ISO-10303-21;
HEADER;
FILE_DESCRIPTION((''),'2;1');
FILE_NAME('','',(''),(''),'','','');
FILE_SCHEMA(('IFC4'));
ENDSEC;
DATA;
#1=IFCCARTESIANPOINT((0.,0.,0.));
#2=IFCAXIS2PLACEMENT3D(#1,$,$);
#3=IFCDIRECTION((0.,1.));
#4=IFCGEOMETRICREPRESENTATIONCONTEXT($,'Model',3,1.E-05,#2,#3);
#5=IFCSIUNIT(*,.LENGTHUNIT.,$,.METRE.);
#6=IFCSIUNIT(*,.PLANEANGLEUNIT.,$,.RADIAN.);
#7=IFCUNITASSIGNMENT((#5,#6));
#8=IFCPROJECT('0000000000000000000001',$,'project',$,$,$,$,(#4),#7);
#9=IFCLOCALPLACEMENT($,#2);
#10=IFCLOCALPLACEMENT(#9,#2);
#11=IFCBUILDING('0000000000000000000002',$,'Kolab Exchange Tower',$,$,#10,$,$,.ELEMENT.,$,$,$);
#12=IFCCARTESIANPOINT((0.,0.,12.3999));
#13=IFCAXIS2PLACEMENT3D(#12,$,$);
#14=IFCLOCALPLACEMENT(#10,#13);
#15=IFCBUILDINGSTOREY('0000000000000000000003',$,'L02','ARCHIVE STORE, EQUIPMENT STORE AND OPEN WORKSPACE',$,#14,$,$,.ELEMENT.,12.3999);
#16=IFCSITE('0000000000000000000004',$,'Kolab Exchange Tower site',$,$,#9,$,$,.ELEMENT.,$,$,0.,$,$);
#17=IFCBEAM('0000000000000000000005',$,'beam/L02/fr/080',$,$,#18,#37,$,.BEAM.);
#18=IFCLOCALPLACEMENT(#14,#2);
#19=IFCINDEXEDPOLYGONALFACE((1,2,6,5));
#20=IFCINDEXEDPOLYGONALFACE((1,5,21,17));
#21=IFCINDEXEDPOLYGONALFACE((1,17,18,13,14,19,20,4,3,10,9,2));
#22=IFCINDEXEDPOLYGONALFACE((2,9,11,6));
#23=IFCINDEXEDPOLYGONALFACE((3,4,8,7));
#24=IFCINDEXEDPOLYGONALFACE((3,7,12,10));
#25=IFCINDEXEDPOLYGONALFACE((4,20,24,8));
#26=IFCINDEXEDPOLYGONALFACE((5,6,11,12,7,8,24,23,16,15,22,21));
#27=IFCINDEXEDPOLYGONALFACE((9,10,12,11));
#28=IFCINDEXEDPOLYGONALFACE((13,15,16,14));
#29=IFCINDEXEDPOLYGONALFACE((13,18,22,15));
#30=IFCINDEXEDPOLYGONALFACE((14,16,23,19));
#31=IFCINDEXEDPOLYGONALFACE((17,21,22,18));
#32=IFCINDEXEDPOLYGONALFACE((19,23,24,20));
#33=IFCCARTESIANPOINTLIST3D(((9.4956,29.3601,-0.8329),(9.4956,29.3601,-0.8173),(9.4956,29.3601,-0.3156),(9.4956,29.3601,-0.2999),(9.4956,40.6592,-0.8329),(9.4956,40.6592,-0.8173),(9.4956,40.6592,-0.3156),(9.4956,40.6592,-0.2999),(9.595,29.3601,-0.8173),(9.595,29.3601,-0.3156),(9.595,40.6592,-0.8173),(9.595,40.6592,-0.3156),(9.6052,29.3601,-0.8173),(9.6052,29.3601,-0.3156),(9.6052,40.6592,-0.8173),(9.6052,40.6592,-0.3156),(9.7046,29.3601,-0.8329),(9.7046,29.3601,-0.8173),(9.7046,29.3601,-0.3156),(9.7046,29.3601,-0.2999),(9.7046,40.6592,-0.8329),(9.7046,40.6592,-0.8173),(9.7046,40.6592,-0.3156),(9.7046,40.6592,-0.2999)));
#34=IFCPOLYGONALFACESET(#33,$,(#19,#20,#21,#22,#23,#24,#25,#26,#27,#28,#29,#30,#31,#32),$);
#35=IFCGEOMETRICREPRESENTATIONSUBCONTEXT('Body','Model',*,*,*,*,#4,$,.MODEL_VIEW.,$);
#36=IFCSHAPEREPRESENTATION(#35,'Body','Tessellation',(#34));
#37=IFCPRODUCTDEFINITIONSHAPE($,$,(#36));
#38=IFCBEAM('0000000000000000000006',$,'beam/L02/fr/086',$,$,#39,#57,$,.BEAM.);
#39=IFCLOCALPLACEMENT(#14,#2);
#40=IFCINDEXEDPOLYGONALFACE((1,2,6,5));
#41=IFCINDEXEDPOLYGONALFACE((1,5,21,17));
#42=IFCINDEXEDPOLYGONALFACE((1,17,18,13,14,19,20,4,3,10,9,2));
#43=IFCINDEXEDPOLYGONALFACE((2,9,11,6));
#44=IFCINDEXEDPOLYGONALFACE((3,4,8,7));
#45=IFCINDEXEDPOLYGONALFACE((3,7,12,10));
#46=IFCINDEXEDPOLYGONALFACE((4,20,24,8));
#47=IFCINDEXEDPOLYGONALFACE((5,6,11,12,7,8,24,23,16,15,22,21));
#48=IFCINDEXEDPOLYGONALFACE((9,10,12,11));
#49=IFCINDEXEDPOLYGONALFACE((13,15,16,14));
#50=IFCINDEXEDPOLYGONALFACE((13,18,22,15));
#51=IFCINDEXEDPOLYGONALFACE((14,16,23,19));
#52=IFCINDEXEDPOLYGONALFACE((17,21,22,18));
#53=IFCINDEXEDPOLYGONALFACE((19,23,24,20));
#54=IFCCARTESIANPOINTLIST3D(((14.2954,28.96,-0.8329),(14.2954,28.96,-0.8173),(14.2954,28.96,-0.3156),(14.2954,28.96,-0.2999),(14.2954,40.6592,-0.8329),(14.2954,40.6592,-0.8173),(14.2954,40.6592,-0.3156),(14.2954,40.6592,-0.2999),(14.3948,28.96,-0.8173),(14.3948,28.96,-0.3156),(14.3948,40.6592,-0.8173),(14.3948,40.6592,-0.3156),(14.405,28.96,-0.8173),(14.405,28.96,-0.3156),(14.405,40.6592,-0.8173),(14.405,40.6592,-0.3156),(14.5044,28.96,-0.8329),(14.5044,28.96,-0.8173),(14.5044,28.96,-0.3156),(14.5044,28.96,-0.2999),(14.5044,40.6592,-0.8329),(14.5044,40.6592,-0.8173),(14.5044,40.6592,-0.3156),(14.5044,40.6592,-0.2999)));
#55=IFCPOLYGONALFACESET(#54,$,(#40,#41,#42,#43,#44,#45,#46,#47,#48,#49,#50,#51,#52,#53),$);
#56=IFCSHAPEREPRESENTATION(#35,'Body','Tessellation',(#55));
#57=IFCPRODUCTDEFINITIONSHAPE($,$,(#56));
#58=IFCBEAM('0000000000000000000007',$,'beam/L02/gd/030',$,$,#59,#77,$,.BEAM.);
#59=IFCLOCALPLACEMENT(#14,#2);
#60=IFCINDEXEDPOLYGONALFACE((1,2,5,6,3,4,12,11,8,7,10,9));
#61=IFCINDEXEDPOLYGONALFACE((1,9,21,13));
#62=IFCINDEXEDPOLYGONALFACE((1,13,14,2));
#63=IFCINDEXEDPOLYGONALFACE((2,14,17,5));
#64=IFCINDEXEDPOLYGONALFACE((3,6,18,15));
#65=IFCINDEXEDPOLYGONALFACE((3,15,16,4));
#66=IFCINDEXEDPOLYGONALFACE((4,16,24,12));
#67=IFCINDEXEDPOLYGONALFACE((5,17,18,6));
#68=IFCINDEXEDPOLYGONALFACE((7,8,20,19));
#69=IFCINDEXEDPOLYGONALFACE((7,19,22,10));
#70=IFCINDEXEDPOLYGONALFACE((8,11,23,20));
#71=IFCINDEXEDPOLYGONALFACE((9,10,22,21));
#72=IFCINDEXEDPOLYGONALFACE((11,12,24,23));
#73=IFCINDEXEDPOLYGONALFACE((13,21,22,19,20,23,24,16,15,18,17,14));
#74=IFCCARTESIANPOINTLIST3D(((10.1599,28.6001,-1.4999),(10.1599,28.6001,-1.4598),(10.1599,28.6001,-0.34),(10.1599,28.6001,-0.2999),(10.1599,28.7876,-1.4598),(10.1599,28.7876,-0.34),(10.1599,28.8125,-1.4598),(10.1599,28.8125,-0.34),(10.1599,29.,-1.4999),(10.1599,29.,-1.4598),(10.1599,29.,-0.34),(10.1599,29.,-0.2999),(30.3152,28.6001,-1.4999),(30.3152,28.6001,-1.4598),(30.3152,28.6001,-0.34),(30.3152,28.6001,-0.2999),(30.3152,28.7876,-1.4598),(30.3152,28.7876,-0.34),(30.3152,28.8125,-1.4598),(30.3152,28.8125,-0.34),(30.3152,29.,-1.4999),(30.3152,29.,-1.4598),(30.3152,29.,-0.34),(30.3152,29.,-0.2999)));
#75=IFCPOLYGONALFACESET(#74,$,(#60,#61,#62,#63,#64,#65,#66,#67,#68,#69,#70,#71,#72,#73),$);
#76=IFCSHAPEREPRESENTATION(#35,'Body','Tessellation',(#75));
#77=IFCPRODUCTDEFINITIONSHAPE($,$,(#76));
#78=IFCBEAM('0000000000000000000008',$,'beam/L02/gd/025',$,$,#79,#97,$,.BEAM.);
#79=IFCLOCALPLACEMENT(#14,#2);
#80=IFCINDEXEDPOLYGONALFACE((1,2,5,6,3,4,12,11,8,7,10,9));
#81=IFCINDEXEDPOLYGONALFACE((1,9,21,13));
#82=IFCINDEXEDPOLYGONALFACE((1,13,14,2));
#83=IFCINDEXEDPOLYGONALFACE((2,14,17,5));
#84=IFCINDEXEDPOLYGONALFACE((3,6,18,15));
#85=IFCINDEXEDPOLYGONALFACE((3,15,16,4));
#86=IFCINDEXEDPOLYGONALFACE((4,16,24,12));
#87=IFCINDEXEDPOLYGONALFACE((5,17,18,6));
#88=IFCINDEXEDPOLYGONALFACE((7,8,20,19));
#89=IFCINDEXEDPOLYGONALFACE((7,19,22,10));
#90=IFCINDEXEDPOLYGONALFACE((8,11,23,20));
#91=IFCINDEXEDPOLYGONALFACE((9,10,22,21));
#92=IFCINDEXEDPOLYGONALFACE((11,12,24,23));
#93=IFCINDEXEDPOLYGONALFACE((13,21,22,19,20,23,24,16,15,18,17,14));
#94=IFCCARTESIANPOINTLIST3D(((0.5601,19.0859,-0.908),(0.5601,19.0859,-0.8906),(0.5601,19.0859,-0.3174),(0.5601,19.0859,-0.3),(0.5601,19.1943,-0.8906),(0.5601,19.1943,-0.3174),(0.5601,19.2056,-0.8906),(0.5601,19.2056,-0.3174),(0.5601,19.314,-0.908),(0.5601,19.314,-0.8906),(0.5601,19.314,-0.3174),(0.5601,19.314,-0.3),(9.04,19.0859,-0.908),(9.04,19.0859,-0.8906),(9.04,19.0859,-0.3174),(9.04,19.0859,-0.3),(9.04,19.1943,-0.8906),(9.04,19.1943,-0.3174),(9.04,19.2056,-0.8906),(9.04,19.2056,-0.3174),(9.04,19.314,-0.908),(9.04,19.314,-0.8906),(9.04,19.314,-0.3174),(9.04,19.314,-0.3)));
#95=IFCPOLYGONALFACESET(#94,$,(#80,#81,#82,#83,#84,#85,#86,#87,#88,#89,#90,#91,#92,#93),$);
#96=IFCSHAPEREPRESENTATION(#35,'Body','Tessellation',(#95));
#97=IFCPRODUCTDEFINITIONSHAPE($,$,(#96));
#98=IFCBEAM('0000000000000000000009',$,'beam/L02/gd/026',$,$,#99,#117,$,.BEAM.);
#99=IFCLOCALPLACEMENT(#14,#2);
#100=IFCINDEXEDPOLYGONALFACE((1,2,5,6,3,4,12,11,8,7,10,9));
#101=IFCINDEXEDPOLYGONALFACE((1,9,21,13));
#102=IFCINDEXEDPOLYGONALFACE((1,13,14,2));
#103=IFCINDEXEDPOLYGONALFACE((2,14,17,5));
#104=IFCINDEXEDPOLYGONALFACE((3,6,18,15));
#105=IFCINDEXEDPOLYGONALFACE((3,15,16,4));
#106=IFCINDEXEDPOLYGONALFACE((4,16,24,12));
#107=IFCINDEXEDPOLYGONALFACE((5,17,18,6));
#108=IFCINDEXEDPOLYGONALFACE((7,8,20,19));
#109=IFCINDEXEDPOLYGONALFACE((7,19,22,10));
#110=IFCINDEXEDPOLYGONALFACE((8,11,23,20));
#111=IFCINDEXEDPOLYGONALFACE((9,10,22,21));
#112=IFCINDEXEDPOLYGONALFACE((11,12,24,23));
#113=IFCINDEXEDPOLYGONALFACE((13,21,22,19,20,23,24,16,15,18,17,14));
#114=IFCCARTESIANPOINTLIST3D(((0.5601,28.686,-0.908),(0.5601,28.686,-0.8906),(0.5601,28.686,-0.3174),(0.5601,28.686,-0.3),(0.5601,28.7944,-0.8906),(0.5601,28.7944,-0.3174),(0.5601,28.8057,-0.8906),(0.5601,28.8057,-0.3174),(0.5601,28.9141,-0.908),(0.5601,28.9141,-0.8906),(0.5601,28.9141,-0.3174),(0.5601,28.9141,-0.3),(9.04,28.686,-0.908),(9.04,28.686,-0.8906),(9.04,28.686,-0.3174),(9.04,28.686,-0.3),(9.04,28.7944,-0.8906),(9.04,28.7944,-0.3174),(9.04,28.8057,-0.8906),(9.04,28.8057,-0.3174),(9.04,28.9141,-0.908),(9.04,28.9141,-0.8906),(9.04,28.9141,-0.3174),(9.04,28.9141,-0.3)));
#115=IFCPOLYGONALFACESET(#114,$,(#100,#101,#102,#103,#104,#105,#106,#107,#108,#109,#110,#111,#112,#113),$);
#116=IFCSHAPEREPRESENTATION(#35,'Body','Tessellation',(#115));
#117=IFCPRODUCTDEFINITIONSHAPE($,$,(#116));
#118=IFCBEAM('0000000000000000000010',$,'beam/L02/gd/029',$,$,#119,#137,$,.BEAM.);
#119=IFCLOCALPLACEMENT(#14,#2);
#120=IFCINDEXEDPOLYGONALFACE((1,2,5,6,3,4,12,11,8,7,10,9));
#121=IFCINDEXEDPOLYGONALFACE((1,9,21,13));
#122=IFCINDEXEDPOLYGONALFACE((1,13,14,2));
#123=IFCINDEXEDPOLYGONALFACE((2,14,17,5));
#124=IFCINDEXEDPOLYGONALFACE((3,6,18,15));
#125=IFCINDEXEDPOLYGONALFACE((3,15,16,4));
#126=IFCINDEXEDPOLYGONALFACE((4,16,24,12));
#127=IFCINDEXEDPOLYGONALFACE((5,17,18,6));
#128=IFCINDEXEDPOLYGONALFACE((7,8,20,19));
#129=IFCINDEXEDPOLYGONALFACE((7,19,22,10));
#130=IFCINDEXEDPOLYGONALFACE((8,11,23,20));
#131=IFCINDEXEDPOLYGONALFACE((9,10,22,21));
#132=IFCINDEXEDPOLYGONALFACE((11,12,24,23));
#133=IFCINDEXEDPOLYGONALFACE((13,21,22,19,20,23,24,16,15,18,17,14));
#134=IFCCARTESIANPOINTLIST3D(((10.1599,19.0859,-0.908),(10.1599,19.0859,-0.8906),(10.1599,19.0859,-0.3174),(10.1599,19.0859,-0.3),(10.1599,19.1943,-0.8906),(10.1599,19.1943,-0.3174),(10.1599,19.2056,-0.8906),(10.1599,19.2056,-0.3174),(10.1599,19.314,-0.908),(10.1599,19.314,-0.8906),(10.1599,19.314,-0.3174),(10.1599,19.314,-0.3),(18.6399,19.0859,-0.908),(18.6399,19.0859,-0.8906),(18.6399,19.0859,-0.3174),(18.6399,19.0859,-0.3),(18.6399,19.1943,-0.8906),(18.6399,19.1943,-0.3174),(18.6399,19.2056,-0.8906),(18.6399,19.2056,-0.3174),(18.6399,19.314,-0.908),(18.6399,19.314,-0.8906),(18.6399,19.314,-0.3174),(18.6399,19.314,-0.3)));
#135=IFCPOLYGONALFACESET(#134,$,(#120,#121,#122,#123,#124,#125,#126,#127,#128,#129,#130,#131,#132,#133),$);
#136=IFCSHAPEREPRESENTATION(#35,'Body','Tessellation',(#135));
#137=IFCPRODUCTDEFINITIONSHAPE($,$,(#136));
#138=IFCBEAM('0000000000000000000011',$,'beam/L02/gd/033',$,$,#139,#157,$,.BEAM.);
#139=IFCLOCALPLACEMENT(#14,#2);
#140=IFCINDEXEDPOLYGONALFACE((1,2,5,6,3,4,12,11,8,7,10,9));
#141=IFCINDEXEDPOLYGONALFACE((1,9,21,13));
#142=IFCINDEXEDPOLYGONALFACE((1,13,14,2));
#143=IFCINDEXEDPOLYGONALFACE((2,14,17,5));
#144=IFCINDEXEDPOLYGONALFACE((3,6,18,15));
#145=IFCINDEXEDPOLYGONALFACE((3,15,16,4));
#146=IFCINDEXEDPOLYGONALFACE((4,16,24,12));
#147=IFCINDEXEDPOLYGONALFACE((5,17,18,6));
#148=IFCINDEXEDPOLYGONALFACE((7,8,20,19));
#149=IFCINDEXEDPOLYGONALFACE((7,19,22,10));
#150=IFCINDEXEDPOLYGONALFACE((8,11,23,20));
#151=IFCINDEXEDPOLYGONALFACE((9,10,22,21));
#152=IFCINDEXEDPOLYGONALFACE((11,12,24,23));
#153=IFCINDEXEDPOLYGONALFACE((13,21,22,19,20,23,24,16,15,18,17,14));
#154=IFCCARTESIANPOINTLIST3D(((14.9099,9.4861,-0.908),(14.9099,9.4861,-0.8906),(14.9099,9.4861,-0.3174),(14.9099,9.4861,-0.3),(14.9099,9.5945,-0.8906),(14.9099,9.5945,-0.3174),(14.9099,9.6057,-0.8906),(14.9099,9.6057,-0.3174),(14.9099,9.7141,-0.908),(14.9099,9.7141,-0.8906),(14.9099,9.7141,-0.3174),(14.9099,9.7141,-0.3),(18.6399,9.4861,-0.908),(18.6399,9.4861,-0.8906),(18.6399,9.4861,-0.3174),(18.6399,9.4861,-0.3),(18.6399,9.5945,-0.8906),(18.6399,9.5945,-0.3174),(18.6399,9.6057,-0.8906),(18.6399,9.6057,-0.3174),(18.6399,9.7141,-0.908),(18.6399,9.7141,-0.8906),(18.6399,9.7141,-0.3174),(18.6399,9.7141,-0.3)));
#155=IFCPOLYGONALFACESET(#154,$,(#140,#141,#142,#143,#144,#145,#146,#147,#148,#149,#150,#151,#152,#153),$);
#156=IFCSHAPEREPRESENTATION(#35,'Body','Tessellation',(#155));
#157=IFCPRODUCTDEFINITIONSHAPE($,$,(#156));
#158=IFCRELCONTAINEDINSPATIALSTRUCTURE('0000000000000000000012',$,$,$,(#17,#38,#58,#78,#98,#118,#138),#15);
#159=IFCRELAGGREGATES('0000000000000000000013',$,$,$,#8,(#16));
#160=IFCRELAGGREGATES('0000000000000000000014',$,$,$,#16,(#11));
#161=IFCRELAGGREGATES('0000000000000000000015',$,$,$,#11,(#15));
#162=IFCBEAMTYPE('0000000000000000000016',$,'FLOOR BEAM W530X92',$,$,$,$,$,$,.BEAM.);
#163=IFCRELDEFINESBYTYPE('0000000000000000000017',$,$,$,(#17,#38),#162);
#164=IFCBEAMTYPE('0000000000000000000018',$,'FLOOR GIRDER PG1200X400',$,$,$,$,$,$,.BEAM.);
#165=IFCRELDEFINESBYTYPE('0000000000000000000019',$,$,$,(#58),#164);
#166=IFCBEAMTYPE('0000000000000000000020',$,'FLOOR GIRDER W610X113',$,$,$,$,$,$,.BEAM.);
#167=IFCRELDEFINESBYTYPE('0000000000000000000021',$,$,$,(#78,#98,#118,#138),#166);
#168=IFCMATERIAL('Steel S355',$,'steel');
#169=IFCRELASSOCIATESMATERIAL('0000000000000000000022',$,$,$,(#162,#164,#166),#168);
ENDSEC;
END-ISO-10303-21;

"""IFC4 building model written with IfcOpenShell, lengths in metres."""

from ifc_helpers import new_model, si_unit, direction, frame, origin, origin_2d, place, context, subcontext, project, spatial, i_section, extrude, material, material_profile, profile_set, type_object, element, save


model = new_model("IFC4")

# Units and contexts
model_context = context("Model", 3, precision=1e-05, world=origin(), true_north=direction((0.0, 1.0)))
body_context = subcontext(model_context, "Body", "Model", "MODEL_VIEW")
ifc_project = project(units=[si_unit("LENGTHUNIT", "METRE"), si_unit("PLANEANGLEUNIT", "RADIAN")], contexts=[model_context])

# Site, building, storey
site_placement = place(None, origin())
site = spatial("IfcSite", under=ifc_project, at=site_placement, Name="Kolab Exchange Tower site", CompositionType="ELEMENT", RefElevation=0.0)
building_placement = place(site_placement, origin())
building = spatial("IfcBuilding", under=site, at=building_placement, Name="Kolab Exchange Tower", CompositionType="ELEMENT")
storey_placement = place(building_placement, frame((0.0, 0.0, 12.3999)))
storey = spatial("IfcBuildingStorey", under=building, at=storey_placement, Name="L02", Description="ARCHIVE STORE, EQUIPMENT STORE AND OPEN WORKSPACE", CompositionType="ELEMENT", Elevation=12.3999)

# Beams
ifc_material_1 = material(Name="Steel S355", Category="steel")
ifc_material_profile_1 = material_profile(ifc_material_1, i_section(OverallWidth=0.209, OverallDepth=0.533, WebThickness=0.0103, FlangeThickness=0.0156, at=origin_2d()), Name="W530X92")
ifc_profile_set_1 = profile_set([ifc_material_profile_1], Name="Steel S355")
beam_type_1 = type_object("IfcBeamType", Name="FLOOR BEAM W530X92", PredefinedType="BEAM", material=ifc_profile_set_1)
beam_1_placement = place(storey_placement, frame((9.6001, 29.3601, -0.5664), z_axis=(0.0, 1.0, 0.0), x_axis=(-1.0, 0.0, 0.0)))
element("IfcBeam", 1, at=beam_1_placement, inside=storey, type_object=beam_type_1, Name="beam/L02/fr/080", PredefinedType="BEAM", context=body_context, shape_type="SweptSolid", body=[
    extrude(i_section(OverallWidth=0.209, OverallDepth=0.533, WebThickness=0.0103, FlangeThickness=0.0156, at=origin_2d()), origin(), (0.0, 0.0, 1.0), 11.2991),
])
beam_2_placement = place(storey_placement, frame((14.3999, 28.96, -0.5664), z_axis=(0.0, 1.0, 0.0), x_axis=(-1.0, 0.0, 0.0)))
element("IfcBeam", 2, at=beam_2_placement, inside=storey, type_object=beam_type_1, Name="beam/L02/fr/086", PredefinedType="BEAM", context=body_context, shape_type="SweptSolid", body=[
    extrude(i_section(OverallWidth=0.209, OverallDepth=0.533, WebThickness=0.0103, FlangeThickness=0.0156, at=origin_2d()), origin(), (0.0, 0.0, 1.0), 11.6992),
])
ifc_material_profile_2 = material_profile(ifc_material_1, i_section(OverallWidth=0.3999, OverallDepth=1.2, WebThickness=0.0249, FlangeThickness=0.04, at=origin_2d()), Name="PG1200X400")
ifc_profile_set_2 = profile_set([ifc_material_profile_2], Name="Steel S355")
beam_type_2 = type_object("IfcBeamType", Name="FLOOR GIRDER PG1200X400", PredefinedType="BEAM", material=ifc_profile_set_2)
beam_3_placement = place(storey_placement, frame((10.1599, 28.8, -0.8999), z_axis=(1.0, 0.0, 0.0), x_axis=(0.0, 1.0, 0.0)))
element("IfcBeam", 3, at=beam_3_placement, inside=storey, type_object=beam_type_2, Name="beam/L02/gd/030", PredefinedType="BEAM", context=body_context, shape_type="SweptSolid", body=[
    extrude(i_section(OverallWidth=0.3999, OverallDepth=1.2, WebThickness=0.0249, FlangeThickness=0.04, at=origin_2d()), origin(), (0.0, 0.0, 1.0), 20.1553),
])
ifc_material_profile_3 = material_profile(ifc_material_1, i_section(OverallWidth=0.228, OverallDepth=0.6079, WebThickness=0.0112, FlangeThickness=0.0173, at=origin_2d()), Name="W610X113")
ifc_profile_set_3 = profile_set([ifc_material_profile_3], Name="Steel S355")
beam_type_3 = type_object("IfcBeamType", Name="FLOOR GIRDER W610X113", PredefinedType="BEAM", material=ifc_profile_set_3)
for number, where, z_axis, x_axis, name in (
    (4, (0.5601, 19.2, -0.604), (1.0, 0.0, 0.0), (0.0, 1.0, 0.0), "beam/L02/gd/025"),
    (5, (0.5601, 28.8, -0.604), (1.0, 0.0, 0.0), (0.0, 1.0, 0.0), "beam/L02/gd/026"),
    (6, (10.1599, 19.2, -0.604), (1.0, 0.0, 0.0), (0.0, 1.0, 0.0), "beam/L02/gd/029"),
):
    element("IfcBeam", number, at=place(storey_placement, frame(where, z_axis=z_axis, x_axis=x_axis)), inside=storey, type_object=beam_type_3, Name=name, PredefinedType="BEAM", context=body_context, shape_type="SweptSolid", body=[
        extrude(i_section(OverallWidth=0.228, OverallDepth=0.6079, WebThickness=0.0112, FlangeThickness=0.0173, at=origin_2d()), origin(), (0.0, 0.0, 1.0), 8.48),
    ])
beam_4_placement = place(storey_placement, frame((14.9099, 9.6001, -0.604), z_axis=(1.0, 0.0, 0.0), x_axis=(0.0, 1.0, 0.0)))
element("IfcBeam", 7, at=beam_4_placement, inside=storey, type_object=beam_type_3, Name="beam/L02/gd/033", PredefinedType="BEAM", context=body_context, shape_type="SweptSolid", body=[
    extrude(i_section(OverallWidth=0.228, OverallDepth=0.6079, WebThickness=0.0112, FlangeThickness=0.0173, at=origin_2d()), origin(), (0.0, 0.0, 1.0), 3.73),
])

save(model, "model.ifc")
